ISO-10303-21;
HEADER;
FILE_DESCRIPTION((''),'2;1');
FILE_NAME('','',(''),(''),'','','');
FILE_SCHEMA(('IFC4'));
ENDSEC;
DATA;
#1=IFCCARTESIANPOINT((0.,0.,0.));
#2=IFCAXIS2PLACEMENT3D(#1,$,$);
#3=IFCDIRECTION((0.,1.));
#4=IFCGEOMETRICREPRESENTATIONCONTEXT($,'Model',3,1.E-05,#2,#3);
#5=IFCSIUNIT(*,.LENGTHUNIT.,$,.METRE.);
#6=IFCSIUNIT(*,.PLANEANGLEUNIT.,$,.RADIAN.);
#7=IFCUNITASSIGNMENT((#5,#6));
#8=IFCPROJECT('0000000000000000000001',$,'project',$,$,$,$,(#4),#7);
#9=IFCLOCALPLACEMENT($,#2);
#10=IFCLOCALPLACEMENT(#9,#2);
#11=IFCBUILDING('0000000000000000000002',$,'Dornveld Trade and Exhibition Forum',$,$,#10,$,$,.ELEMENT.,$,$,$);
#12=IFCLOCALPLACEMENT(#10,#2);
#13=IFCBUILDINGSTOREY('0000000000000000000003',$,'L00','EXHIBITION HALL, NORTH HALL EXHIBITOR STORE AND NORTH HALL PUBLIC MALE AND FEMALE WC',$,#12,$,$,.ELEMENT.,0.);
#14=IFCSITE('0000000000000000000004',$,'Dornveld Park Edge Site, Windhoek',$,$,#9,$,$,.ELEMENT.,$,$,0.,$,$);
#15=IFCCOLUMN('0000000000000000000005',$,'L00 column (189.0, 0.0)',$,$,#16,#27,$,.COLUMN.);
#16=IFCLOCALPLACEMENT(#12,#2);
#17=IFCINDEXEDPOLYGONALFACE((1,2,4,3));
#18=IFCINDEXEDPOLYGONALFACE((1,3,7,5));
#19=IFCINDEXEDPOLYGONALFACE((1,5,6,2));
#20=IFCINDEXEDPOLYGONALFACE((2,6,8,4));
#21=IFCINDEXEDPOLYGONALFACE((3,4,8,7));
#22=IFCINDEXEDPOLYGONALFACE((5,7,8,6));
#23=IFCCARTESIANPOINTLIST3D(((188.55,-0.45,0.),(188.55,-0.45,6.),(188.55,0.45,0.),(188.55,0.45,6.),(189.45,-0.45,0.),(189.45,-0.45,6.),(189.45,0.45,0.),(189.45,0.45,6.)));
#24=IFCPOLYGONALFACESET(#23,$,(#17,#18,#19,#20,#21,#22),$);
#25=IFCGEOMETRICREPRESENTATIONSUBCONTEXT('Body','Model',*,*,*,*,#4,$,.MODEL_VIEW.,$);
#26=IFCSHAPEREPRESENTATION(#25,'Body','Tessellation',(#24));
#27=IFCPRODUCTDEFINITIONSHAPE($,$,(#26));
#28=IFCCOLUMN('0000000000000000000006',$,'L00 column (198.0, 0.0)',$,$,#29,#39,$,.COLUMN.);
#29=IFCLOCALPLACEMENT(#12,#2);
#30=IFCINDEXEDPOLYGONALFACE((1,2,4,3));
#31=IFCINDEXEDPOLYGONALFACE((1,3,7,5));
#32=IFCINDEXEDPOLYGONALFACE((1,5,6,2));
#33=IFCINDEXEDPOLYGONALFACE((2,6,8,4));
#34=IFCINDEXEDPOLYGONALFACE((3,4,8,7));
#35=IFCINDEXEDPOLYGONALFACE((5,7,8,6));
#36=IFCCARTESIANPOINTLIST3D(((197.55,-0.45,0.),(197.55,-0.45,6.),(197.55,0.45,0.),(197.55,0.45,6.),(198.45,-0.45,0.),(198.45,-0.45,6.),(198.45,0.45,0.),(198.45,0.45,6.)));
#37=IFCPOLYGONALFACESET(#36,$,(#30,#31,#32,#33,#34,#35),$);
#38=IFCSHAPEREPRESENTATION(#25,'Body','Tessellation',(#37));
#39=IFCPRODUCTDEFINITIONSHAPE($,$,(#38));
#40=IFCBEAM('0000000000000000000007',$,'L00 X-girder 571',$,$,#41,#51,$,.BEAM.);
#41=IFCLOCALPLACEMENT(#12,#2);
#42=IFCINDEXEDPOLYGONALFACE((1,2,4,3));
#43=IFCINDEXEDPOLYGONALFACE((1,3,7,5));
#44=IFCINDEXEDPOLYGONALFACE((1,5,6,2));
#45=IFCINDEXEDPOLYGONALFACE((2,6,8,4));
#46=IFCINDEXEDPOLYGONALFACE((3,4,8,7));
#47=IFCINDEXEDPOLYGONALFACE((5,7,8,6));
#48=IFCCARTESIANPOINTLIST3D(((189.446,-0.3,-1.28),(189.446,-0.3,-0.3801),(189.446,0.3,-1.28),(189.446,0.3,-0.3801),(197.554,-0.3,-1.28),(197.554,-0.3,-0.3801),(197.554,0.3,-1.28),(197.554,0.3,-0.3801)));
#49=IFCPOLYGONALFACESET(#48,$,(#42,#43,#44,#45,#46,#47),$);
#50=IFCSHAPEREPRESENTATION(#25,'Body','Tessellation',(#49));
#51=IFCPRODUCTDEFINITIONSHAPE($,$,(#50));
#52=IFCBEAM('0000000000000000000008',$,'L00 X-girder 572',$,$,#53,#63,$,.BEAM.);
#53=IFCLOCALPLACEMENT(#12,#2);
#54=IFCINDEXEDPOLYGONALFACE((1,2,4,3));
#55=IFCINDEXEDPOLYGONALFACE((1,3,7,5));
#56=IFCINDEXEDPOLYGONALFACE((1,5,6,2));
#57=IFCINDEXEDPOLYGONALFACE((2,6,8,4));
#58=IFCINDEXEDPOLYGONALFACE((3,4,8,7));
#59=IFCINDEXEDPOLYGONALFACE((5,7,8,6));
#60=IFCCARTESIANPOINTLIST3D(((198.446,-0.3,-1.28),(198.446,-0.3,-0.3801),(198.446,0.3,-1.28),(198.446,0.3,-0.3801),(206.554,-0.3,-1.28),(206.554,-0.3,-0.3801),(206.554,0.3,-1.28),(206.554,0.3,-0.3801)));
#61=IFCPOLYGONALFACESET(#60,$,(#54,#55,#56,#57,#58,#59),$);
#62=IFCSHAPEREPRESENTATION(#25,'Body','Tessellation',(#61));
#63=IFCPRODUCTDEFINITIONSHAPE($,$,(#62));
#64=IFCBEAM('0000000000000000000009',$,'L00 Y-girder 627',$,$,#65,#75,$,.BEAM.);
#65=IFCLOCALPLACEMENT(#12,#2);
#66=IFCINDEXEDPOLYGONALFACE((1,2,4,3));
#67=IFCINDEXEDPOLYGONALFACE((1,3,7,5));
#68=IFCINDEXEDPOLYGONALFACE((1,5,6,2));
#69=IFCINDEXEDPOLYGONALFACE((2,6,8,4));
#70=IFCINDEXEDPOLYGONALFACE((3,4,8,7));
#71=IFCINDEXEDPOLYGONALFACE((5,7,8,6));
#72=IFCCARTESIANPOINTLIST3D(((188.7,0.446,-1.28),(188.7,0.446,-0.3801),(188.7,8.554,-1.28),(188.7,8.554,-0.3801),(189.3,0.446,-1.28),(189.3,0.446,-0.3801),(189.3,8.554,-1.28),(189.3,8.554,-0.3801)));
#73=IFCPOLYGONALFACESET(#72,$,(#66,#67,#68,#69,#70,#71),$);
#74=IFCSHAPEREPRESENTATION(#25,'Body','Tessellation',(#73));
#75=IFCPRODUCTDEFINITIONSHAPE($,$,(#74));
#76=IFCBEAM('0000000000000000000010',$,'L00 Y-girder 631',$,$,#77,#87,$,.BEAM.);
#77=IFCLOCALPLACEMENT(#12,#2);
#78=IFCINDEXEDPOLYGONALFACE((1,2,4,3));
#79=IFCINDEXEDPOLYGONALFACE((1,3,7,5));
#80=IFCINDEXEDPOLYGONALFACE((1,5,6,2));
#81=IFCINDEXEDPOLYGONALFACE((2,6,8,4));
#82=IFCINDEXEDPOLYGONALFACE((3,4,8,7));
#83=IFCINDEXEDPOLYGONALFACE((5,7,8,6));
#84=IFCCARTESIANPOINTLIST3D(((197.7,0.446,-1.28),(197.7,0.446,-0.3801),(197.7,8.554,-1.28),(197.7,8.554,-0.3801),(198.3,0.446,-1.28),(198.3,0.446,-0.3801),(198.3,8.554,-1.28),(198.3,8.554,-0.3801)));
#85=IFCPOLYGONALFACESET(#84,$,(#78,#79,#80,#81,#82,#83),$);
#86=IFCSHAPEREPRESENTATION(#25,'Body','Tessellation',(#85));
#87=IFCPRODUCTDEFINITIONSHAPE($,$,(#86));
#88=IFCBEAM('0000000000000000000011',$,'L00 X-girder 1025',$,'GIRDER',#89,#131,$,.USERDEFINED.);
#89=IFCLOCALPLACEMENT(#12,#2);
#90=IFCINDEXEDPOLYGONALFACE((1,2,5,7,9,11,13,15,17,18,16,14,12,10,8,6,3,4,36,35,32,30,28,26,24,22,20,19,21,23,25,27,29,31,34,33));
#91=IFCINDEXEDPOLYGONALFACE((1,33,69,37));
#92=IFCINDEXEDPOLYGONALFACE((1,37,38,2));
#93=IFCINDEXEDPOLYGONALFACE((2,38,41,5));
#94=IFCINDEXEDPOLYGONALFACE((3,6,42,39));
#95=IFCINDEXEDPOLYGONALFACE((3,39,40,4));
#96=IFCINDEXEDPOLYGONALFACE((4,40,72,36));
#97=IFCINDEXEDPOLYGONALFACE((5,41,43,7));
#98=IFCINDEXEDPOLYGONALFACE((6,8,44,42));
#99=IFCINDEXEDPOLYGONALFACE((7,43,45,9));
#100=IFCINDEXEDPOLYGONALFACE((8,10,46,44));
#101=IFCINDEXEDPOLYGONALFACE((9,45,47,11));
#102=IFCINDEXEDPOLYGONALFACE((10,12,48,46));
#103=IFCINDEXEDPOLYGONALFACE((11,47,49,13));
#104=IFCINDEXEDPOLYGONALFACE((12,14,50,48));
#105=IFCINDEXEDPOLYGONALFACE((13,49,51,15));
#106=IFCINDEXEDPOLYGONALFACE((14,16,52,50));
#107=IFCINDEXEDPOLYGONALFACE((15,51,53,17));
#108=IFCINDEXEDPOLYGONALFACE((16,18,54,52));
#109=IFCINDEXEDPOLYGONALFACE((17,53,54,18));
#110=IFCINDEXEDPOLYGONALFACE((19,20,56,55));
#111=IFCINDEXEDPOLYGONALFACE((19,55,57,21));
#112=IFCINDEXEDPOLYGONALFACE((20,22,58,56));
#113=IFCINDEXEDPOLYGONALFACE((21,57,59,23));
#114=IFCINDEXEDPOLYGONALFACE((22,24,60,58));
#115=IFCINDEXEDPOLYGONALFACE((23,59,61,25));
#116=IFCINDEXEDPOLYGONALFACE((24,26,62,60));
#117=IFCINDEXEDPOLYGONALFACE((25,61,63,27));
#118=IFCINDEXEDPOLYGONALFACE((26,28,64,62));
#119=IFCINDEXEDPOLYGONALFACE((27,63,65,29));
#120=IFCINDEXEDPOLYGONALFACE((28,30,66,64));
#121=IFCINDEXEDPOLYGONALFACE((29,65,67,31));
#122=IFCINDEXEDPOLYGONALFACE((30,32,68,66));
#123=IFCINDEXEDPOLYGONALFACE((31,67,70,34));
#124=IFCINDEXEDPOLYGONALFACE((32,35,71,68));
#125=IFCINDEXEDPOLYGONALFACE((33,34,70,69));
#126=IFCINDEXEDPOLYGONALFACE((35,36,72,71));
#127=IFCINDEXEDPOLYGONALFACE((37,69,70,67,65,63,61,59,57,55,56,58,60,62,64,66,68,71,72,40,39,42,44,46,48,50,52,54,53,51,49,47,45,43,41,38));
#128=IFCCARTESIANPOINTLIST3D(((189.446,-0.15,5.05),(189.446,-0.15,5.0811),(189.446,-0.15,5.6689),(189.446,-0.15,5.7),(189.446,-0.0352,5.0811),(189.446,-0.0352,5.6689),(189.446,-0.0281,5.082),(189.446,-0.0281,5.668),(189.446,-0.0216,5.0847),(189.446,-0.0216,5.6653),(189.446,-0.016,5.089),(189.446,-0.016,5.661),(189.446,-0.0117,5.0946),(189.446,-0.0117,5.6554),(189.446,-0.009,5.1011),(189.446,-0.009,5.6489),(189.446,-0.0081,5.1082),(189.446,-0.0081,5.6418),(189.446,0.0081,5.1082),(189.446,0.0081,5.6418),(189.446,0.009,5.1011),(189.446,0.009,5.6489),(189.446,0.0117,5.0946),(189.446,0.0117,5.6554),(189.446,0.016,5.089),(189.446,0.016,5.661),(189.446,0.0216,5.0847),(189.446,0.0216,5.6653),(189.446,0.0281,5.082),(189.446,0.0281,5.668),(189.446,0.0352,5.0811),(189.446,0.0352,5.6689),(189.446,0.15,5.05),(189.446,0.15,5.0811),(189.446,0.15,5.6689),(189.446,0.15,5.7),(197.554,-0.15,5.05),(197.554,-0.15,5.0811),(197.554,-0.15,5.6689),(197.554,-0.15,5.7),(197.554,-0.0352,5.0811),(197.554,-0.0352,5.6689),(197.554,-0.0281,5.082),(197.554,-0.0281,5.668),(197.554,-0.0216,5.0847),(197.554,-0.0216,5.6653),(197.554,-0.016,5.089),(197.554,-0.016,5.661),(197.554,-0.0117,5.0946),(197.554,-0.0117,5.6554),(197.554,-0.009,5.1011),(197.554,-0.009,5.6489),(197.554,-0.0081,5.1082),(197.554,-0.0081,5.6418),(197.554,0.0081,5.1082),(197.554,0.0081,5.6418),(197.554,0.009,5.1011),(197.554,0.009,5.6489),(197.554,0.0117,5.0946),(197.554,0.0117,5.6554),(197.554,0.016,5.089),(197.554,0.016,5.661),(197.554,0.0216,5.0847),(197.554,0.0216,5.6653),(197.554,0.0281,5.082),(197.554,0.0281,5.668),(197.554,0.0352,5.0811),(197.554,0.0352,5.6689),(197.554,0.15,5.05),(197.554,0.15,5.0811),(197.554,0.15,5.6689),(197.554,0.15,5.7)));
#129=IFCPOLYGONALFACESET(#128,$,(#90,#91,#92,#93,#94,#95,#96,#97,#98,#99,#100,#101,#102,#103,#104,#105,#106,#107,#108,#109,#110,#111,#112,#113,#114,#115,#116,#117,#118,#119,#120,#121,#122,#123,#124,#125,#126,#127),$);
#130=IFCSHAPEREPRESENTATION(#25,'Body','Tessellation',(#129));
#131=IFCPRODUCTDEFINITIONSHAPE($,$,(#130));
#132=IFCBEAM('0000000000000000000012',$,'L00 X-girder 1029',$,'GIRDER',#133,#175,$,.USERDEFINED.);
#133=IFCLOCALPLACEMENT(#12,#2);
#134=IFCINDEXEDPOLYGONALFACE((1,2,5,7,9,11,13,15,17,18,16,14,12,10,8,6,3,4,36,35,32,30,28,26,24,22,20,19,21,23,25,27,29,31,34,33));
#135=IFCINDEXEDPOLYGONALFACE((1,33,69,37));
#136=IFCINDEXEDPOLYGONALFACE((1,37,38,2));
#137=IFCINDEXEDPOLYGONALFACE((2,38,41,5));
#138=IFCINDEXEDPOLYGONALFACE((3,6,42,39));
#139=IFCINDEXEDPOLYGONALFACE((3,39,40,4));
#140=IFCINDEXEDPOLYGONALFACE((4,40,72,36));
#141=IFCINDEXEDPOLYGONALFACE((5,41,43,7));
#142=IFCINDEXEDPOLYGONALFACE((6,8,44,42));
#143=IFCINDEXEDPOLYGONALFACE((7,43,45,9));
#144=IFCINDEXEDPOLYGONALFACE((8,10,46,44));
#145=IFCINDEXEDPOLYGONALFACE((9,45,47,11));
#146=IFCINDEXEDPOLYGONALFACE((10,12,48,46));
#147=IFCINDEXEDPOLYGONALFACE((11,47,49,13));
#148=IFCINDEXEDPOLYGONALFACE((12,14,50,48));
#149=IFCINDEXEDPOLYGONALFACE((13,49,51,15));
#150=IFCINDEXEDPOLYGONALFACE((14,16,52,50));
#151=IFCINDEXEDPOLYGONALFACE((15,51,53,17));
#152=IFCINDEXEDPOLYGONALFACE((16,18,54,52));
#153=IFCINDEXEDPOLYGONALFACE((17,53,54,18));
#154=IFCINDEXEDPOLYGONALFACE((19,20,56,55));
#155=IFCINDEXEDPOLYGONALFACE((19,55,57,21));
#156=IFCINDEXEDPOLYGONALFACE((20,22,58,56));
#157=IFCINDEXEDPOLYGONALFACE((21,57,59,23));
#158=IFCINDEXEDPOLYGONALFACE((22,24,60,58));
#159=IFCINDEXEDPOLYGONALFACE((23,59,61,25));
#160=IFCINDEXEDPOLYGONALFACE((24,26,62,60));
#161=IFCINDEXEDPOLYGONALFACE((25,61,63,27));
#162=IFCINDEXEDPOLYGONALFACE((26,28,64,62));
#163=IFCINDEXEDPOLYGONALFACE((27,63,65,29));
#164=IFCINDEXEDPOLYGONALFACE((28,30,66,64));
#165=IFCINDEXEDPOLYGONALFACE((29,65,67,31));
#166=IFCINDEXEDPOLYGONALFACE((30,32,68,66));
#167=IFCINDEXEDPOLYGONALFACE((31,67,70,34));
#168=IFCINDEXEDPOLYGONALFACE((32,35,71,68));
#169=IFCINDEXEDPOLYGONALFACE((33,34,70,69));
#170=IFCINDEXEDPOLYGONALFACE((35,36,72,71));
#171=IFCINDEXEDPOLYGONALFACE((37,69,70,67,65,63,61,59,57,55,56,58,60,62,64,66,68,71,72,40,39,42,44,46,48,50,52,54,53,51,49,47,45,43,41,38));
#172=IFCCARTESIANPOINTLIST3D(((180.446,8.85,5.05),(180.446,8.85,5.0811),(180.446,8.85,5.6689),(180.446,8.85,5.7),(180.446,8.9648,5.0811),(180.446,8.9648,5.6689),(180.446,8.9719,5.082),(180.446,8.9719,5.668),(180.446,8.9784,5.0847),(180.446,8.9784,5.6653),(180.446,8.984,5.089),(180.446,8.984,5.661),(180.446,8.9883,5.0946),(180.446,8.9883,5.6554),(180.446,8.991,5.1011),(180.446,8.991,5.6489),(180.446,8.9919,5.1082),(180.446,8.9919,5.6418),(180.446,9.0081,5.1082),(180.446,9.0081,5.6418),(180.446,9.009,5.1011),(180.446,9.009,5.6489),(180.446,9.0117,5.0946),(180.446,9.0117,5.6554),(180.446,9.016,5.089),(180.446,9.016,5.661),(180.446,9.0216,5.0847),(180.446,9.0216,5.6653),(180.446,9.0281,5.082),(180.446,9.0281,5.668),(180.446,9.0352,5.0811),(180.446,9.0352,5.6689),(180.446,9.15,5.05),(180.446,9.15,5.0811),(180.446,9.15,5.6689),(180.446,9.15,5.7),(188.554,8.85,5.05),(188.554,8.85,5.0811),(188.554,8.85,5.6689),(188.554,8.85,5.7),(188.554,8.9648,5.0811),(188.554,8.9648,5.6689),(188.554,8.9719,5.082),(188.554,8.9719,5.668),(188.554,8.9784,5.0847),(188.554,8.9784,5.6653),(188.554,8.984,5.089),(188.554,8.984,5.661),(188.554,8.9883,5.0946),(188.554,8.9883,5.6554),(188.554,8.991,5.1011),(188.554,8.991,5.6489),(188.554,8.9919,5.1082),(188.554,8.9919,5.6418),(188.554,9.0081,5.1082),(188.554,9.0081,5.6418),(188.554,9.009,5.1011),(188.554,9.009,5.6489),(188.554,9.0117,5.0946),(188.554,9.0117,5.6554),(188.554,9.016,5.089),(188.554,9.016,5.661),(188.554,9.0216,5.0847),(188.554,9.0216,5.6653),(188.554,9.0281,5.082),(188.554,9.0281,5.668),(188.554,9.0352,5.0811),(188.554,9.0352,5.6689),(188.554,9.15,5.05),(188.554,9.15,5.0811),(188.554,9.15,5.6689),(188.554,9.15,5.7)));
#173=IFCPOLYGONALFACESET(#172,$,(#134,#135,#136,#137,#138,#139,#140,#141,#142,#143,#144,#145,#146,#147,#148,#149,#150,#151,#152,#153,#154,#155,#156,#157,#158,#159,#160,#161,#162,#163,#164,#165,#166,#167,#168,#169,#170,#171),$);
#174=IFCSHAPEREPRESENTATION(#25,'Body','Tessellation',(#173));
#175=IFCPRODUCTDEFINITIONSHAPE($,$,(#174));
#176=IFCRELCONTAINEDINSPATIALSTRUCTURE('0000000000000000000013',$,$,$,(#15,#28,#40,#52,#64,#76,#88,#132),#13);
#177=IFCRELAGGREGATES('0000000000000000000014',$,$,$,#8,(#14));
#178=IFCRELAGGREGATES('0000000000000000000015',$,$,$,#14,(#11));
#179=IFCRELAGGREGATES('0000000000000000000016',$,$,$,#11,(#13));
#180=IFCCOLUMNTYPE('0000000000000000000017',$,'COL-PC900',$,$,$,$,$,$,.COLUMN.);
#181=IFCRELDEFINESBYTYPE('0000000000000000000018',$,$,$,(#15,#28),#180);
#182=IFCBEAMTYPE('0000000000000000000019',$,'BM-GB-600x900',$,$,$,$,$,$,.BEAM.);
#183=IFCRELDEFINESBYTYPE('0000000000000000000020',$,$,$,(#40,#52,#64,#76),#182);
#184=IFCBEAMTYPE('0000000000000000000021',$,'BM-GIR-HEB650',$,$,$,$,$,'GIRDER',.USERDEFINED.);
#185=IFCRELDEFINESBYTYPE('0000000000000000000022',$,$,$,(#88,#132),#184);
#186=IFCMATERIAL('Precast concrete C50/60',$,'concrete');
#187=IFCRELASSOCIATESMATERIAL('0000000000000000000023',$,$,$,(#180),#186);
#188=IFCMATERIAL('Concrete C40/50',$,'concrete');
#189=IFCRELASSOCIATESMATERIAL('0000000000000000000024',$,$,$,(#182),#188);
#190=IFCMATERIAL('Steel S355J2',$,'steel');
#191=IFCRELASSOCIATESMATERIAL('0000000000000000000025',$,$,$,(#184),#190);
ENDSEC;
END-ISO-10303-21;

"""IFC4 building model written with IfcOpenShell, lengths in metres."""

from ifc_helpers import new_model, si_unit, direction, frame, origin, origin_2d, place, context, subcontext, project, spatial, rectangle, i_section, extrude, material, material_profile, profile_set, type_object, element, save


model = new_model("IFC4")

# Units and contexts
model_context = context("Model", 3, precision=1e-05, world=origin(), true_north=direction((0.0, 1.0)))
body_context = subcontext(model_context, "Body", "Model", "MODEL_VIEW")
ifc_project = project(units=[si_unit("LENGTHUNIT", "METRE"), si_unit("PLANEANGLEUNIT", "RADIAN")], contexts=[model_context])

# Site, building, storey
site_placement = place(None, origin())
site = spatial("IfcSite", under=ifc_project, at=site_placement, Name="Dornveld Park Edge Site, Windhoek", CompositionType="ELEMENT", RefElevation=0.0)
building_placement = place(site_placement, origin())
building = spatial("IfcBuilding", under=site, at=building_placement, Name="Dornveld Trade and Exhibition Forum", CompositionType="ELEMENT")
storey_placement = place(building_placement, origin())
storey = spatial("IfcBuildingStorey", under=building, at=storey_placement, Name="L00", Description="EXHIBITION HALL, NORTH HALL EXHIBITOR STORE AND NORTH HALL PUBLIC MALE AND FEMALE WC", CompositionType="ELEMENT", Elevation=0.0)

# Columns
ifc_material_1 = material(Name="Precast concrete C50/60", Category="concrete")
ifc_material_profile_1 = material_profile(ifc_material_1, rectangle(XDim=0.8999, YDim=0.8999, at=origin_2d()), Name="PC-COL 900x900")
ifc_profile_set_1 = profile_set([ifc_material_profile_1], Name="Precast concrete C50/60")
column_type = type_object("IfcColumnType", Name="COL-PC900", PredefinedType="COLUMN", material=ifc_profile_set_1)
for number, where, z_axis, x_axis, name in (
    (1, (189.0, 0.0, 0.0), (0.0, 0.0, 1.0), (1.0, 0.0, 0.0), "L00 column (189.0, 0.0)"),
    (2, (198.0, 0.0, 0.0), (0.0, 0.0, 1.0), (1.0, 0.0, 0.0), "L00 column (198.0, 0.0)"),
):
    element("IfcColumn", number, at=place(storey_placement, frame(where, z_axis=z_axis, x_axis=x_axis)), inside=storey, type_object=column_type, Name=name, PredefinedType="COLUMN", context=body_context, shape_type="SweptSolid", body=[
        extrude(rectangle(XDim=0.8999, YDim=0.8999, at=origin_2d()), origin(), (0.0, 0.0, 1.0), 6.0),
    ])

# Beams
ifc_material_2 = material(Name="Concrete C40/50", Category="concrete")
ifc_material_profile_2 = material_profile(ifc_material_2, rectangle(XDim=0.6001, YDim=0.8999, at=origin_2d()), Name="RC-GB 600x900")
ifc_profile_set_2 = profile_set([ifc_material_profile_2], Name="Concrete C40/50")
beam_type_1 = type_object("IfcBeamType", Name="BM-GB-600x900", PredefinedType="BEAM", material=ifc_profile_set_2)
for number, where, z_axis, x_axis, name in (
    (3, (189.446, 0.0, -0.8301), (1.0, 0.0, 0.0), (0.0, 1.0, 0.0), "L00 X-girder 571"),
    (4, (198.446, 0.0, -0.8301), (1.0, 0.0, 0.0), (0.0, 1.0, 0.0), "L00 X-girder 572"),
    (5, (189.0, 0.446, -0.8301), (0.0, 1.0, 0.0), (-1.0, 0.0, 0.0), "L00 Y-girder 627"),
    (6, (198.0, 0.446, -0.8301), (0.0, 1.0, 0.0), (-1.0, 0.0, 0.0), "L00 Y-girder 631"),
):
    element("IfcBeam", number, at=place(storey_placement, frame(where, z_axis=z_axis, x_axis=x_axis)), inside=storey, type_object=beam_type_1, Name=name, PredefinedType="BEAM", context=body_context, shape_type="SweptSolid", body=[
        extrude(rectangle(XDim=0.6001, YDim=0.8999, at=origin_2d()), origin(), (0.0, 0.0, 1.0), 8.1079),
    ])
ifc_material_3 = material(Name="Steel S355J2", Category="steel")
ifc_material_profile_3 = material_profile(ifc_material_3, i_section(OverallWidth=0.3, OverallDepth=0.6499, WebThickness=0.0161, FlangeThickness=0.031, FilletRadius=0.0271, at=origin_2d()), Name="HEB 650")
ifc_profile_set_3 = profile_set([ifc_material_profile_3], Name="Steel S355J2")
beam_type_2 = type_object("IfcBeamType", Name="BM-GIR-HEB650", ElementType="GIRDER", PredefinedType="USERDEFINED", material=ifc_profile_set_3)
for number, where, z_axis, x_axis, name in (
    (7, (189.446, 0.0, 5.375), (1.0, 0.0, 0.0), (0.0, 1.0, 0.0), "L00 X-girder 1025"),
    (8, (180.446, 9.0, 5.375), (1.0, 0.0, 0.0), (0.0, 1.0, 0.0), "L00 X-girder 1029"),
):
    element("IfcBeam", number, at=place(storey_placement, frame(where, z_axis=z_axis, x_axis=x_axis)), inside=storey, type_object=beam_type_2, Name=name, ObjectType="GIRDER", PredefinedType="USERDEFINED", context=body_context, shape_type="SweptSolid", body=[
        extrude(i_section(OverallWidth=0.3, OverallDepth=0.6499, WebThickness=0.0161, FlangeThickness=0.031, FilletRadius=0.0271, at=origin_2d()), origin(), (0.0, 0.0, 1.0), 8.1079),
    ])

save(model, "model.ifc")
